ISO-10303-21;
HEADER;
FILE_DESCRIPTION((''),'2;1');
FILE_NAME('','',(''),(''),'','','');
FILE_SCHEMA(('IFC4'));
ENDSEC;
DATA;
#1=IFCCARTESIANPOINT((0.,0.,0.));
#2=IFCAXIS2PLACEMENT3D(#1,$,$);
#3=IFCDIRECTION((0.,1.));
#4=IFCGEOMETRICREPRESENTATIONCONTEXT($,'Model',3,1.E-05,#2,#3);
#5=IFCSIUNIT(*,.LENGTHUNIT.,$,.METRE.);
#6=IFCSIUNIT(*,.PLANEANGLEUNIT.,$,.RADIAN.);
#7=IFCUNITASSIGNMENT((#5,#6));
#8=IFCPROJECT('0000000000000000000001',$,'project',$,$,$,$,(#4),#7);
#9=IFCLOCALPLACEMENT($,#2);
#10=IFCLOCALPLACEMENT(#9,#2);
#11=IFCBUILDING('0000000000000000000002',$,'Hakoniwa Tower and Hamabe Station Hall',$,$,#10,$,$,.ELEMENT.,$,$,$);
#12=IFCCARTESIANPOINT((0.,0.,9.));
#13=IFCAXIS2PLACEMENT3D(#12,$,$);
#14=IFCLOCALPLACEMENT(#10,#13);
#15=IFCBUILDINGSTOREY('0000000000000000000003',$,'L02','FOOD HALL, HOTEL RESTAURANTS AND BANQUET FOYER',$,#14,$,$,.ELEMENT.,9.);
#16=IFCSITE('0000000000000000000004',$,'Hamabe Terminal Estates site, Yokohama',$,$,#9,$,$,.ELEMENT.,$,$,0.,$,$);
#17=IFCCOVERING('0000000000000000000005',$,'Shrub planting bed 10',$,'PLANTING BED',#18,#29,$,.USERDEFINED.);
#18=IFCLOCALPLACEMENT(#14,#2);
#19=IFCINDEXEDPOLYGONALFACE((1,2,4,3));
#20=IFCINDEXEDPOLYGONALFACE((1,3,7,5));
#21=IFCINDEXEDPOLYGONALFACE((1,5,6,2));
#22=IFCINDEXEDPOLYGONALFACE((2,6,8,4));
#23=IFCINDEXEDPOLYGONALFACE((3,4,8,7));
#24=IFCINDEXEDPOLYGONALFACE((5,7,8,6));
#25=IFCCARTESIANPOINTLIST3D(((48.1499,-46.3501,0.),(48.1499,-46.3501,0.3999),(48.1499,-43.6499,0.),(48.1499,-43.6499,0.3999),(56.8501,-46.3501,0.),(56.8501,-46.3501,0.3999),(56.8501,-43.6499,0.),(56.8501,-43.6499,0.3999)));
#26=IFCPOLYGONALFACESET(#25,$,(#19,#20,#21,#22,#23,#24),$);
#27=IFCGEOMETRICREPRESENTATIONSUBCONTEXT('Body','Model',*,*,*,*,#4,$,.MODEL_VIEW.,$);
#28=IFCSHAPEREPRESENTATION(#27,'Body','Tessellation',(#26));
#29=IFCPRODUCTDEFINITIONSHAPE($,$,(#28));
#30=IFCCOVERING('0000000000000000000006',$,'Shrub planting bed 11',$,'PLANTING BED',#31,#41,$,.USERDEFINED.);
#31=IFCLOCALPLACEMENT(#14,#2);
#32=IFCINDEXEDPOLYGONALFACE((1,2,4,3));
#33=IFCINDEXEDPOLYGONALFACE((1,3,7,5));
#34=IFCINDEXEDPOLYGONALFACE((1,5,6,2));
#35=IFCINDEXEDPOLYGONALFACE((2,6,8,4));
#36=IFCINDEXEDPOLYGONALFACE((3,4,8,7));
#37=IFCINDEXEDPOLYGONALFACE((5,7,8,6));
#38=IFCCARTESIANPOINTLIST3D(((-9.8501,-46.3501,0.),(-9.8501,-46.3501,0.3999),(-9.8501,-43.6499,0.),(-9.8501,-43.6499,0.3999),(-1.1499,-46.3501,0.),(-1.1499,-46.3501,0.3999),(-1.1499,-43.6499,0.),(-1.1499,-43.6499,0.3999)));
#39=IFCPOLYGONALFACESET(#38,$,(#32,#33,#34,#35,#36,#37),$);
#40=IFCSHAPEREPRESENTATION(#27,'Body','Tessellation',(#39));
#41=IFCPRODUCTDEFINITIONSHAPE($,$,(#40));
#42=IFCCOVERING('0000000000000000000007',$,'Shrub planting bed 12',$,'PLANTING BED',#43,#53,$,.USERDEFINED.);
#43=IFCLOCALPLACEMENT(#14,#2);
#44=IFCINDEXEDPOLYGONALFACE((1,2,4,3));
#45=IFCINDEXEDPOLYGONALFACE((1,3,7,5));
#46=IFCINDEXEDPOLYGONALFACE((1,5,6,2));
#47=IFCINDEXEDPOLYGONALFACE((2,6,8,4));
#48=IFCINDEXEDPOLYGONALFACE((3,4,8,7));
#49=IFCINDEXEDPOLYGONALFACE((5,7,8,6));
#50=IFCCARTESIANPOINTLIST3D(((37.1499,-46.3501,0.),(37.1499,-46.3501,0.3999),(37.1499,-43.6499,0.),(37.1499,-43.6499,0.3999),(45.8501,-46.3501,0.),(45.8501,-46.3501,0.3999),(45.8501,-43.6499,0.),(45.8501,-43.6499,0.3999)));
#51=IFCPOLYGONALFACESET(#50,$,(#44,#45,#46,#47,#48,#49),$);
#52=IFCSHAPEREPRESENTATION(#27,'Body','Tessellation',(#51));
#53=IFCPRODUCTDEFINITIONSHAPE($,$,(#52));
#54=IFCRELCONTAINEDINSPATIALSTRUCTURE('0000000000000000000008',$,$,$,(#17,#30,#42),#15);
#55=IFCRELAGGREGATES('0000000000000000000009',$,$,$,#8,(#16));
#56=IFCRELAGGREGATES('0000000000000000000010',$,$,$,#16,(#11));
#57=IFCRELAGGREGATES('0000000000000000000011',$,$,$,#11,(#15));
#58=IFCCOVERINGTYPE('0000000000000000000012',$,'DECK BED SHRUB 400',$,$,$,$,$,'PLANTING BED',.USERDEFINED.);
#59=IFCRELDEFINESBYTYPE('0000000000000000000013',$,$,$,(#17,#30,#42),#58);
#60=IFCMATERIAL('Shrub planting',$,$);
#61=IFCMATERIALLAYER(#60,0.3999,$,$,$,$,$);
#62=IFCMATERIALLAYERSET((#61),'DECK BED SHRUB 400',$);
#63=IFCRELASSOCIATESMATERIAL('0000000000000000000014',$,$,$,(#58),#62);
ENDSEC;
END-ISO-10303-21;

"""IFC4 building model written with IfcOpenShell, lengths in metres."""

from ifc_helpers import new_model, si_unit, direction, frame, origin, place, context, subcontext, project, spatial, polyline, outline, extrude, material, layer, layer_set, type_object, element, save


model = new_model("IFC4")

# Units and contexts
model_context = context("Model", 3, precision=1e-05, world=origin(), true_north=direction((0.0, 1.0)))
body_context = subcontext(model_context, "Body", "Model", "MODEL_VIEW")
ifc_project = project(units=[si_unit("LENGTHUNIT", "METRE"), si_unit("PLANEANGLEUNIT", "RADIAN")], contexts=[model_context])

# Site, building, storey
site_placement = place(None, origin())
site = spatial("IfcSite", under=ifc_project, at=site_placement, Name="Hamabe Terminal Estates site, Yokohama", CompositionType="ELEMENT", RefElevation=0.0)
building_placement = place(site_placement, origin())
building = spatial("IfcBuilding", under=site, at=building_placement, Name="Hakoniwa Tower and Hamabe Station Hall", CompositionType="ELEMENT")
storey_placement = place(building_placement, frame((0.0, 0.0, 9.0)))
storey = spatial("IfcBuildingStorey", under=building, at=storey_placement, Name="L02", Description="FOOD HALL, HOTEL RESTAURANTS AND BANQUET FOYER", CompositionType="ELEMENT", Elevation=9.0)

# Coverings
ifc_material_1 = material(Name="Shrub planting")
ifc_layer_1 = layer(ifc_material_1, 0.3999)
ifc_layer_set_1 = layer_set([ifc_layer_1], Name="DECK BED SHRUB 400")
covering_type_1 = type_object("IfcCoveringType", Name="DECK BED SHRUB 400", ElementType="PLANTING BED", PredefinedType="USERDEFINED", material=ifc_layer_set_1)
covering_1_placement = place(storey_placement, origin())
element("IfcCovering", 1, at=covering_1_placement, inside=storey, type_object=covering_type_1, Name="Shrub planting bed 10", ObjectType="PLANTING BED", PredefinedType="USERDEFINED", context=body_context, shape_type="SweptSolid", body=[
    extrude(outline(polyline([(48.1499, -46.3501), (56.8501, -46.3501), (56.8501, -43.6499), (48.1499, -43.6499), (48.1499, -46.3501)])), origin(), (0.0, 0.0, 1.0), 0.3999),
])
covering_2_placement = place(storey_placement, origin())
element("IfcCovering", 2, at=covering_2_placement, inside=storey, type_object=covering_type_1, Name="Shrub planting bed 11", ObjectType="PLANTING BED", PredefinedType="USERDEFINED", context=body_context, shape_type="SweptSolid", body=[
    extrude(outline(polyline([(-9.8501, -46.3501), (-1.1499, -46.3501), (-1.1499, -43.6499), (-9.8501, -43.6499), (-9.8501, -46.3501)])), origin(), (0.0, 0.0, 1.0), 0.3999),
])
covering_3_placement = place(storey_placement, origin())
element("IfcCovering", 3, at=covering_3_placement, inside=storey, type_object=covering_type_1, Name="Shrub planting bed 12", ObjectType="PLANTING BED", PredefinedType="USERDEFINED", context=body_context, shape_type="SweptSolid", body=[
    extrude(outline(polyline([(37.1499, -46.3501), (45.8501, -46.3501), (45.8501, -43.6499), (37.1499, -43.6499), (37.1499, -46.3501)])), origin(), (0.0, 0.0, 1.0), 0.3999),
])

save(model, "model.ifc")
